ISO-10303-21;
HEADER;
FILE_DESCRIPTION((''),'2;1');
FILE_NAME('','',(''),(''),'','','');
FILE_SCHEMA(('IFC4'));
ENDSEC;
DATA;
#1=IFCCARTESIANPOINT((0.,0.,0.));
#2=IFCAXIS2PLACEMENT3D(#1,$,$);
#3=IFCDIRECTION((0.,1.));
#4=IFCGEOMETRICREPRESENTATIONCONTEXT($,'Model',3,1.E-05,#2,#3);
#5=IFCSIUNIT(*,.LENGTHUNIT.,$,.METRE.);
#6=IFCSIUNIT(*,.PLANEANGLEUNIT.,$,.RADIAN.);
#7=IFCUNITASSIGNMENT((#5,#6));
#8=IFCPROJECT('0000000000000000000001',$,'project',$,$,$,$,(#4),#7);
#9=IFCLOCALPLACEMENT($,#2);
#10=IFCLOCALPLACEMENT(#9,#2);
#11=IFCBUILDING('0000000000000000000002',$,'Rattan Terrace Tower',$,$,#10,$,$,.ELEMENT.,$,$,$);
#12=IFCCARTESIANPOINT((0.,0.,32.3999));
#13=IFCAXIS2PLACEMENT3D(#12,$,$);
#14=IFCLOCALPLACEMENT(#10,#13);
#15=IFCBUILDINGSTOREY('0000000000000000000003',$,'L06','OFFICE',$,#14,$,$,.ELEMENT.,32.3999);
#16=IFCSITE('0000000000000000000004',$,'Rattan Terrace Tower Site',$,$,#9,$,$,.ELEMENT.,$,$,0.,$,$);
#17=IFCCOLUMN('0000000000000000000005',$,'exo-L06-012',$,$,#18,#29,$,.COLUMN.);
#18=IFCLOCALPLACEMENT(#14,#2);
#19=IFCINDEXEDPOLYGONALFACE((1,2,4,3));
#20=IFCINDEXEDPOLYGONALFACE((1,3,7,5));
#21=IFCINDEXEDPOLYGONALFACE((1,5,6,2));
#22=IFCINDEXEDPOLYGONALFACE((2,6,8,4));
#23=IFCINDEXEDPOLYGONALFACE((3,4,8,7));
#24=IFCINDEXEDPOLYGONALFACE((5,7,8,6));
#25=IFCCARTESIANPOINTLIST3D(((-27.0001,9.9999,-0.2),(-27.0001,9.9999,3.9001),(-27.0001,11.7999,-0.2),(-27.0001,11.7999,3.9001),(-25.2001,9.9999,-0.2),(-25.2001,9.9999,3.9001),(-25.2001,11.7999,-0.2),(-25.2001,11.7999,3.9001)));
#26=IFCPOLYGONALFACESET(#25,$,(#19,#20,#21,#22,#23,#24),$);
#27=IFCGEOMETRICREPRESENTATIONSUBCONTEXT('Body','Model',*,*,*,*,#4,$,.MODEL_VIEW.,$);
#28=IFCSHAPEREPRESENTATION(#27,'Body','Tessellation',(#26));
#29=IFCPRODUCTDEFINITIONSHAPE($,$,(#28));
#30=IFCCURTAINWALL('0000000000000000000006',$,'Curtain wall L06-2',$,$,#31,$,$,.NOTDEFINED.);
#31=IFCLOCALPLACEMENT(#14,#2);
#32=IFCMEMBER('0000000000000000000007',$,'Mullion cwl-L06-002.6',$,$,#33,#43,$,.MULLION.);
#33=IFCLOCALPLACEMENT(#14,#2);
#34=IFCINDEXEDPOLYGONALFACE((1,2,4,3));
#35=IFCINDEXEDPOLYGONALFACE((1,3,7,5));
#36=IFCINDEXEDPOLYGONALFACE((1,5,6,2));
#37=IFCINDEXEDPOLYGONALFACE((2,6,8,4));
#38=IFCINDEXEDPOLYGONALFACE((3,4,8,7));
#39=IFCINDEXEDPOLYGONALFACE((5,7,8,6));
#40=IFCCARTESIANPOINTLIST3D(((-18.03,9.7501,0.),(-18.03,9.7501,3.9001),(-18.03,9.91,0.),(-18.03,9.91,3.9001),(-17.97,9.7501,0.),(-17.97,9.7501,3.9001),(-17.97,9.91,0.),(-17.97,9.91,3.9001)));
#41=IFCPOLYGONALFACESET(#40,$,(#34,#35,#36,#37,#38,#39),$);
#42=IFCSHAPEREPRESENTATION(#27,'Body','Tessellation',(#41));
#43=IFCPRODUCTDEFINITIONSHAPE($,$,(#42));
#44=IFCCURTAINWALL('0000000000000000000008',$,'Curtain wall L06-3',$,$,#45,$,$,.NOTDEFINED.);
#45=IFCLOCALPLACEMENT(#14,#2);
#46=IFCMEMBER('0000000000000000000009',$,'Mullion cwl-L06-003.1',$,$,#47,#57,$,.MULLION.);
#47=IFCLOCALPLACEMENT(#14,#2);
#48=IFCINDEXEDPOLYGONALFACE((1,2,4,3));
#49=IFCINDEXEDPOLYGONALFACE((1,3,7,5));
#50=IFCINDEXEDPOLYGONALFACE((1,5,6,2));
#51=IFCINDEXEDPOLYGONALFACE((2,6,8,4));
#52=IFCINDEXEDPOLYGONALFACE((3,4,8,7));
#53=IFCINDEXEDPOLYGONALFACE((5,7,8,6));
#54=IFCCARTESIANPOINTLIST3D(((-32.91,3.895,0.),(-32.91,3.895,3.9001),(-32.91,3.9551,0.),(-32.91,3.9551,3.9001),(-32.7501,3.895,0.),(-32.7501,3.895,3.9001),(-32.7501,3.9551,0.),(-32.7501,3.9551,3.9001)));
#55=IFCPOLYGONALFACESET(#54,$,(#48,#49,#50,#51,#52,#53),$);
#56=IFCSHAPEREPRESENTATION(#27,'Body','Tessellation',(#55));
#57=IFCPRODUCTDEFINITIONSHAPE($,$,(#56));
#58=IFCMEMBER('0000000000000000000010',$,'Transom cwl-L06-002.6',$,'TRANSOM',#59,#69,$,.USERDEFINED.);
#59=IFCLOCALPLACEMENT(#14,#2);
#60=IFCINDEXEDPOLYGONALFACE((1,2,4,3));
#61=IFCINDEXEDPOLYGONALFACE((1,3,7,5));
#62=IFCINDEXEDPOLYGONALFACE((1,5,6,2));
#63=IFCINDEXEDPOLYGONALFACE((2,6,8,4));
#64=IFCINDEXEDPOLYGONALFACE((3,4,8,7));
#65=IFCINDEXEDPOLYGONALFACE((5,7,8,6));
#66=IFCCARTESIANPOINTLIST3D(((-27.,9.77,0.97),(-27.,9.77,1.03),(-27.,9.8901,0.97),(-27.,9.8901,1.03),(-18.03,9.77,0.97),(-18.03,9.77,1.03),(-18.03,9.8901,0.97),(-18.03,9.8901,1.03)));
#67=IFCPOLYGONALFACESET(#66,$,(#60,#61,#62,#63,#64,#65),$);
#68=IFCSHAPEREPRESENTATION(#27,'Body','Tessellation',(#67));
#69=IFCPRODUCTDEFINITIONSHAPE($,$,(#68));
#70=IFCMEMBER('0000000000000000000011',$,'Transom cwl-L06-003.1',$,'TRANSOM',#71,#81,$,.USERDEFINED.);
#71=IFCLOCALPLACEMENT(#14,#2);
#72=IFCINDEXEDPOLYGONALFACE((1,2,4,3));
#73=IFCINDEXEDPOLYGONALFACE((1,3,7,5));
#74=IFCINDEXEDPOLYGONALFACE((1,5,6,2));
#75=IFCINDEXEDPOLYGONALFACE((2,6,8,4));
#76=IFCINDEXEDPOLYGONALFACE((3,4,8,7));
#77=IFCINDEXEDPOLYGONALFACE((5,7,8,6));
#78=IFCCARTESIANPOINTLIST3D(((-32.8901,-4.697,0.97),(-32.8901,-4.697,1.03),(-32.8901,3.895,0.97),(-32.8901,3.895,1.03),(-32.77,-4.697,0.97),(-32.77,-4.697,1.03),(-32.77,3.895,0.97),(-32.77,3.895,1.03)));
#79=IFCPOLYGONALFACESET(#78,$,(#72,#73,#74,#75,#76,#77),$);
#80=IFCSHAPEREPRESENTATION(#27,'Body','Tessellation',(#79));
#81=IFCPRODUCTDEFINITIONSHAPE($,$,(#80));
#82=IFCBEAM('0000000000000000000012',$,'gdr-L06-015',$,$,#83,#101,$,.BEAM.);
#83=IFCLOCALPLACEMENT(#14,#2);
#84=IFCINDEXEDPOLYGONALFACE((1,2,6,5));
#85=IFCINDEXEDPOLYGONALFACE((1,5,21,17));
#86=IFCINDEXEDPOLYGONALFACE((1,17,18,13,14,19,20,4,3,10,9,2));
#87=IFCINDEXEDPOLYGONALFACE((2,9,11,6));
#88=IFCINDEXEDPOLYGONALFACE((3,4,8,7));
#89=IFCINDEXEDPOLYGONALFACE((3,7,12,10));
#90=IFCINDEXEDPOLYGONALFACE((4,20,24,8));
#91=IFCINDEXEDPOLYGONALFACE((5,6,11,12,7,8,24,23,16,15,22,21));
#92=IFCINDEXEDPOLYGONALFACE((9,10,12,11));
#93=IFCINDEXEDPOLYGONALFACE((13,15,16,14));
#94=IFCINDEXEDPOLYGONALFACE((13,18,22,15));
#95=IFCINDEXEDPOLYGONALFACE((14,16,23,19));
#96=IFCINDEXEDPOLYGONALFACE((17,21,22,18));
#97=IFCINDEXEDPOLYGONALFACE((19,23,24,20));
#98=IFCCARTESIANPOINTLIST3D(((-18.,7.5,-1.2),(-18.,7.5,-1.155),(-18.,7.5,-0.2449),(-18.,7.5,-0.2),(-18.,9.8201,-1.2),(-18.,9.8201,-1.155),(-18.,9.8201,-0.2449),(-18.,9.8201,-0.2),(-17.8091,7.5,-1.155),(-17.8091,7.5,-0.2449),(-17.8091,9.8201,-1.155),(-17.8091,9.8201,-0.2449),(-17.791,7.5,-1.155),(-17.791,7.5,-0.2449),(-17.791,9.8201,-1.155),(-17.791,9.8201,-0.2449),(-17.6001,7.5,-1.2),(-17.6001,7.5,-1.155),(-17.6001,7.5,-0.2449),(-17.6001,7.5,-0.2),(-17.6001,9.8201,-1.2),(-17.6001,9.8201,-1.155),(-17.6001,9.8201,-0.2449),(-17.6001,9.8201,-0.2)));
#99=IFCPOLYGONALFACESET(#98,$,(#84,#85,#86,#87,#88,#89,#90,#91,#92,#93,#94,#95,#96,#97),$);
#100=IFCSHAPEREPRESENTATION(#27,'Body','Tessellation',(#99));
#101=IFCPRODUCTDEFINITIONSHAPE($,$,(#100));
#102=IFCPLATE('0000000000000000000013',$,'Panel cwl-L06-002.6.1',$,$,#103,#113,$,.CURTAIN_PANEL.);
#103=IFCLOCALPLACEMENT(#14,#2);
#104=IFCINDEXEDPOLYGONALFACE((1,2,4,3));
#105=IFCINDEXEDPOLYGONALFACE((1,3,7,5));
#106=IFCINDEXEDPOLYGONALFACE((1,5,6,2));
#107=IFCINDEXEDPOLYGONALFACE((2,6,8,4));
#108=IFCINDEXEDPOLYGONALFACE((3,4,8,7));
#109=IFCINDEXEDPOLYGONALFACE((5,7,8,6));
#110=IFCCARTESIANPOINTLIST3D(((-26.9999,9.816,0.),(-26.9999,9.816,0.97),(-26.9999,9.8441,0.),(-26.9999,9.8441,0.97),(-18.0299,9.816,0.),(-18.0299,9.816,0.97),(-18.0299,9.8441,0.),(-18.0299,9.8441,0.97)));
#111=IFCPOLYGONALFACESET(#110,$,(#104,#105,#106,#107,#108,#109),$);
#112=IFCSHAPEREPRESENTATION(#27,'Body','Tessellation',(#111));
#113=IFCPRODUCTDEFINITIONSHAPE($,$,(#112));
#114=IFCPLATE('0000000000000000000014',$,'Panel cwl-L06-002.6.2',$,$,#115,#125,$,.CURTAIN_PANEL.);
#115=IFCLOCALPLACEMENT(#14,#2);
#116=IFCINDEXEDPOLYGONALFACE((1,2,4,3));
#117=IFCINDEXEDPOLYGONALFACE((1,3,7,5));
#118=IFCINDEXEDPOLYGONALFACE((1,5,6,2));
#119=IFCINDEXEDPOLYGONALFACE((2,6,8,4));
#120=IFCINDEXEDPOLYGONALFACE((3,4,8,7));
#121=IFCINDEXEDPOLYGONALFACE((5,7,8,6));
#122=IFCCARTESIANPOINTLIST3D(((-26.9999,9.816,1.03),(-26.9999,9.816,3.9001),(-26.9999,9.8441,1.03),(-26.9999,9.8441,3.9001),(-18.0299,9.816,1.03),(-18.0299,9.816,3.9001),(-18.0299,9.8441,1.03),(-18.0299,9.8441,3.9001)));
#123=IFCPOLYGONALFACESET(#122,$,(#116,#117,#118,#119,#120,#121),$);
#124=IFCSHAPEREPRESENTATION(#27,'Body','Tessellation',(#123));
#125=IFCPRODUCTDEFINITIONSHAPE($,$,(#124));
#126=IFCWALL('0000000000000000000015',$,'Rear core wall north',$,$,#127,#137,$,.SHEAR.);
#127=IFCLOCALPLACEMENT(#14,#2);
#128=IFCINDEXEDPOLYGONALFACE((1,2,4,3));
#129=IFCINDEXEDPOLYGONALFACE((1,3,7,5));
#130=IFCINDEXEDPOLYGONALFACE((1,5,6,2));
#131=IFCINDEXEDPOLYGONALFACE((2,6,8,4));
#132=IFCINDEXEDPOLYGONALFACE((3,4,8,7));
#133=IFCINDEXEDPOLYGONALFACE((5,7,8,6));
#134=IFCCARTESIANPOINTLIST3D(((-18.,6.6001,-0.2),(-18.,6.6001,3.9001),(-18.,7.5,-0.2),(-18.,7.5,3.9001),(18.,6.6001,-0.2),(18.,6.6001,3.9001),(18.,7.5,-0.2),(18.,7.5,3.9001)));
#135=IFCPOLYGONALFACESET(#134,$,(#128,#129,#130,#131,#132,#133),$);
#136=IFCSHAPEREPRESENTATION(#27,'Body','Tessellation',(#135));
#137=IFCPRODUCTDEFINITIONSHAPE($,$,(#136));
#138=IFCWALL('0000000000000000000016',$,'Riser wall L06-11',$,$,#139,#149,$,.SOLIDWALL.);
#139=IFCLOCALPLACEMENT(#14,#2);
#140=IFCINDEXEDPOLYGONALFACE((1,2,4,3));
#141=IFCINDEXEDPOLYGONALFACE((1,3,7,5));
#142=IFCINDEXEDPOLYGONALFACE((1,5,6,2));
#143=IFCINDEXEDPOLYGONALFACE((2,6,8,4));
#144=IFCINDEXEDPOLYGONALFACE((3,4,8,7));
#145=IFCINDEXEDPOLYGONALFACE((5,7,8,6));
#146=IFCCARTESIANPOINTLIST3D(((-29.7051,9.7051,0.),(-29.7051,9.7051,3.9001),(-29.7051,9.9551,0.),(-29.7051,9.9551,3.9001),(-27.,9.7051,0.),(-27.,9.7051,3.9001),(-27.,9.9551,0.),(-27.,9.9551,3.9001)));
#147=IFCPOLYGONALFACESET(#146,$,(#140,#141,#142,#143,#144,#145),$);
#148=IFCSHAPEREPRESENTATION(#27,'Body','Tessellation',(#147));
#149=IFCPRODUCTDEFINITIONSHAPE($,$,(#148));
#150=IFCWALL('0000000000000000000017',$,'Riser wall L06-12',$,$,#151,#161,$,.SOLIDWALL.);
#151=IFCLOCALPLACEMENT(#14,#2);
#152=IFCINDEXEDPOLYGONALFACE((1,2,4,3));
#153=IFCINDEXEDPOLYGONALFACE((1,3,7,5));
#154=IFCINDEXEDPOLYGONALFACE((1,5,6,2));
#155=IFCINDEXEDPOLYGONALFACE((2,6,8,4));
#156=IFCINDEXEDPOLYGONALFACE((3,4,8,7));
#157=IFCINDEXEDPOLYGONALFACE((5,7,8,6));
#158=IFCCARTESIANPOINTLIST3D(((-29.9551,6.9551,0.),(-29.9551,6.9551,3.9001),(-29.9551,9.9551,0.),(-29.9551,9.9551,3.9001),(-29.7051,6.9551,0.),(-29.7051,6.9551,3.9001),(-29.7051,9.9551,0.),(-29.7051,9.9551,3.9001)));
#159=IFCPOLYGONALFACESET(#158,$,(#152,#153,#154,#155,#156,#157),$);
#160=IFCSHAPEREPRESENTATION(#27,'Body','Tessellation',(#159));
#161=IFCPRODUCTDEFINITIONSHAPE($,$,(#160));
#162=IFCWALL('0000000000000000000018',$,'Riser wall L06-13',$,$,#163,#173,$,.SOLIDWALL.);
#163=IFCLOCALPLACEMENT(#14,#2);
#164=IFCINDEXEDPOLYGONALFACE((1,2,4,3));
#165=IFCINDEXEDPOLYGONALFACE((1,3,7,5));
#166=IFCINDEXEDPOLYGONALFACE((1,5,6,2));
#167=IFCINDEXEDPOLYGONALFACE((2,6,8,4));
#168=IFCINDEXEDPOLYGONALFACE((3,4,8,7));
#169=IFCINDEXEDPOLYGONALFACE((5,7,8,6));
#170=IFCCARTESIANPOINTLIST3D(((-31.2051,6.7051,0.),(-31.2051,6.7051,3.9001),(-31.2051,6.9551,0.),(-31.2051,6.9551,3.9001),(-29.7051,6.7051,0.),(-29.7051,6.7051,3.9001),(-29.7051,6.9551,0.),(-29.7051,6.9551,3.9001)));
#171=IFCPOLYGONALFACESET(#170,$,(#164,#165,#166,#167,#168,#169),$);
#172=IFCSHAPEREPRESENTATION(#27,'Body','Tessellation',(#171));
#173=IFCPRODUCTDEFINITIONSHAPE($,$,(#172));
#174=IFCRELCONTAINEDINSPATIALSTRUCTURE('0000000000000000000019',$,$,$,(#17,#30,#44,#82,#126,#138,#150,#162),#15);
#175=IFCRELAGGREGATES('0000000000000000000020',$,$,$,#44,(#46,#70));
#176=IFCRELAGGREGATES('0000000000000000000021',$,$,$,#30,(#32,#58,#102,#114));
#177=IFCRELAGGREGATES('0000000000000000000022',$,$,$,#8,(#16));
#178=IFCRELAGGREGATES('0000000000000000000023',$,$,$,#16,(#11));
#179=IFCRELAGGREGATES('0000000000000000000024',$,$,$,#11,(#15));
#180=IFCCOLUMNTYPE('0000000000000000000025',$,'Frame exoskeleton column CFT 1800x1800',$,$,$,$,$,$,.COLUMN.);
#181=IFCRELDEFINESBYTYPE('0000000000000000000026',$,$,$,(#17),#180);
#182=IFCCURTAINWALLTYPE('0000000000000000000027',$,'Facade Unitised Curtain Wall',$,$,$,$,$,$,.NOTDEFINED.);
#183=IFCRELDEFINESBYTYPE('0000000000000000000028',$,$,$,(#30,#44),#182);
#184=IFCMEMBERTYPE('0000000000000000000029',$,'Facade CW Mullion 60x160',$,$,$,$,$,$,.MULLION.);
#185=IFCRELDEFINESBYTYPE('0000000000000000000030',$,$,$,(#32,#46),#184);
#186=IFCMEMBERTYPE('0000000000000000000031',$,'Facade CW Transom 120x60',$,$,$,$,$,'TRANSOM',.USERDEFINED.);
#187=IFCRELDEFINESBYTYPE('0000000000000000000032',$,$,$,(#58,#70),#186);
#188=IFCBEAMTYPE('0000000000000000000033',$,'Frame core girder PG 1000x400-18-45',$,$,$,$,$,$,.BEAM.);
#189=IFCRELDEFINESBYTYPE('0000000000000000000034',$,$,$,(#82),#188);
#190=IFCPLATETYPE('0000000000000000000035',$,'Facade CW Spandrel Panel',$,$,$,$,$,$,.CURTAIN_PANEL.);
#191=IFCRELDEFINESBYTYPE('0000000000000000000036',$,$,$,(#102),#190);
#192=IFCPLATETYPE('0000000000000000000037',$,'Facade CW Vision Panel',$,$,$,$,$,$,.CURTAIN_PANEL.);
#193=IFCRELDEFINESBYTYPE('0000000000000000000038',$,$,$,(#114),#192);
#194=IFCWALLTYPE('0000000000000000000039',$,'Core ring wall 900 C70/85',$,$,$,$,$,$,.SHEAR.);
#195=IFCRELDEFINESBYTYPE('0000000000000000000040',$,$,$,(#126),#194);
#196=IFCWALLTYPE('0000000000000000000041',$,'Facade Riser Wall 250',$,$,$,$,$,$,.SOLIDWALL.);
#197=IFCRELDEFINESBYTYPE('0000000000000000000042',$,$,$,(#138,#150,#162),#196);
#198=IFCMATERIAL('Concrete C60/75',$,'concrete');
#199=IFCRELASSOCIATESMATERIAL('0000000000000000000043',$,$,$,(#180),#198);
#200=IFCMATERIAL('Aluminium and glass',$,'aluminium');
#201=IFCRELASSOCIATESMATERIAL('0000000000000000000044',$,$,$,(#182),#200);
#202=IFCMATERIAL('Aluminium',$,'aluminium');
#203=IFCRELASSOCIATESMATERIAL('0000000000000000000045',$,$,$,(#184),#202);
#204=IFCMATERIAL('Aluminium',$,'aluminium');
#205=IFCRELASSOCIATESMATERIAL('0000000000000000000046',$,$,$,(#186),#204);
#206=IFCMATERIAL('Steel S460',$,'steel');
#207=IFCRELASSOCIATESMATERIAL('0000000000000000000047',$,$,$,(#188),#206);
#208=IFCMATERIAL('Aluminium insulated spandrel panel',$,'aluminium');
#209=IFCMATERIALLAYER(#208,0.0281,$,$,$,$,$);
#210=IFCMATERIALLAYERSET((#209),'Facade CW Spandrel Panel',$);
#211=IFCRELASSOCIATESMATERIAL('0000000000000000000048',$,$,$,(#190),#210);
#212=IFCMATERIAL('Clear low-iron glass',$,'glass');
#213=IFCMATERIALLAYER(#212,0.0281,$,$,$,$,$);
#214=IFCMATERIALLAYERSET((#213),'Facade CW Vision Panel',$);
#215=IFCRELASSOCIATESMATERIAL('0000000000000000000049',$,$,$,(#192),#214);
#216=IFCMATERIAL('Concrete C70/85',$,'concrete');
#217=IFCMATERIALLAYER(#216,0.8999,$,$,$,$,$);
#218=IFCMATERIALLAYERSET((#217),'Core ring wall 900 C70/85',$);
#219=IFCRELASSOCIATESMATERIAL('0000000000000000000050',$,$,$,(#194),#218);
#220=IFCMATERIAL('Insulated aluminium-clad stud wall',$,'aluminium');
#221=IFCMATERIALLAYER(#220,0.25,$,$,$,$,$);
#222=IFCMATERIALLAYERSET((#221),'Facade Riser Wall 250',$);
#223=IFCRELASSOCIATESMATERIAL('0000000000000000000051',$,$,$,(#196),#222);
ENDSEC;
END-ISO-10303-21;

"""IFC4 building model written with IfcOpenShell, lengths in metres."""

from ifc_helpers import new_model, si_unit, direction, frame, frame_2d, origin, origin_2d, place, context, subcontext, project, spatial, rectangle, i_section, extrude, material, layer, layer_set, material_profile, profile_set, type_object, element, aggregate, save


model = new_model("IFC4")

# Units and contexts
model_context = context("Model", 3, precision=1e-05, world=origin(), true_north=direction((0.0, 1.0)))
body_context = subcontext(model_context, "Body", "Model", "MODEL_VIEW")
ifc_project = project(units=[si_unit("LENGTHUNIT", "METRE"), si_unit("PLANEANGLEUNIT", "RADIAN")], contexts=[model_context])

# Site, building, storey
site_placement = place(None, origin())
site = spatial("IfcSite", under=ifc_project, at=site_placement, Name="Rattan Terrace Tower Site", CompositionType="ELEMENT", RefElevation=0.0)
building_placement = place(site_placement, origin())
building = spatial("IfcBuilding", under=site, at=building_placement, Name="Rattan Terrace Tower", CompositionType="ELEMENT")
storey_placement = place(building_placement, frame((0.0, 0.0, 32.3999)))
storey = spatial("IfcBuildingStorey", under=building, at=storey_placement, Name="L06", Description="OFFICE", CompositionType="ELEMENT", Elevation=32.3999)

# Column
ifc_material_1 = material(Name="Concrete C60/75", Category="concrete")
ifc_material_profile_1 = material_profile(ifc_material_1, rectangle(XDim=1.8, YDim=1.8, at=origin_2d()), Name="CFT 1800x1800")
ifc_profile_set_1 = profile_set([ifc_material_profile_1], Name="Concrete C60/75")
column_type = type_object("IfcColumnType", Name="Frame exoskeleton column CFT 1800x1800", PredefinedType="COLUMN", material=ifc_profile_set_1)
column_placement = place(storey_placement, frame((-26.1001, 10.8999, -0.2), z_axis=(0.0, 0.0, 1.0), x_axis=(1.0, 0.0, 0.0)))
element("IfcColumn", 1, at=column_placement, inside=storey, type_object=column_type, Name="exo-L06-012", PredefinedType="COLUMN", context=body_context, shape_type="SweptSolid", body=[
    extrude(rectangle(XDim=1.8, YDim=1.8, at=origin_2d()), origin(), (0.0, 0.0, 1.0), 4.1001),
])

# Curtain walls, members
ifc_material_2 = material(Name="Aluminium and glass", Category="aluminium")
curtain_wall_type = type_object("IfcCurtainWallType", Name="Facade Unitised Curtain Wall", PredefinedType="NOTDEFINED", material=ifc_material_2)
curtain_wall_1_placement = place(storey_placement, origin())
curtain_wall_1 = element("IfcCurtainWall", 2, at=curtain_wall_1_placement, inside=storey, type_object=curtain_wall_type, Name="Curtain wall L06-2", PredefinedType="NOTDEFINED")
ifc_material_3 = material(Name="Aluminium", Category="aluminium")
ifc_material_profile_2 = material_profile(ifc_material_3, rectangle(XDim=0.0601, YDim=0.1599, at=origin_2d()), Name="Aluminium 60x160")
ifc_profile_set_2 = profile_set([ifc_material_profile_2], Name="Aluminium")
member_type_1 = type_object("IfcMemberType", Name="Facade CW Mullion 60x160", PredefinedType="MULLION", material=ifc_profile_set_2)
member_1_placement = place(storey_placement, frame((-18.0, 9.8301, 0.0), z_axis=(0.0, 0.0, 1.0), x_axis=(-1.0, 0.0, 0.0)))
member_1 = element("IfcMember", 3, at=member_1_placement, type_object=member_type_1, Name="Mullion cwl-L06-002.6", PredefinedType="MULLION", context=body_context, shape_type="SweptSolid", body=[
    extrude(rectangle(XDim=0.0601, YDim=0.1599, at=origin_2d()), origin(), (0.0, 0.0, 1.0), 3.9001),
])
curtain_wall_2_placement = place(storey_placement, origin())
curtain_wall_2 = element("IfcCurtainWall", 4, at=curtain_wall_2_placement, inside=storey, type_object=curtain_wall_type, Name="Curtain wall L06-3", PredefinedType="NOTDEFINED")
member_2_placement = place(storey_placement, frame((-32.8301, 3.925, 0.0), z_axis=(0.0, 0.0, 1.0), x_axis=(0.0, -1.0, 0.0)))
member_2 = element("IfcMember", 5, at=member_2_placement, type_object=member_type_1, Name="Mullion cwl-L06-003.1", PredefinedType="MULLION", context=body_context, shape_type="SweptSolid", body=[
    extrude(rectangle(XDim=0.0601, YDim=0.1599, at=origin_2d()), origin(), (0.0, 0.0, 1.0), 3.9001),
])

# Members
ifc_material_4 = material(Name="Aluminium", Category="aluminium")
ifc_material_profile_3 = material_profile(ifc_material_4, rectangle(XDim=0.1201, YDim=0.0601, at=origin_2d()), Name="Aluminium 120x60")
ifc_profile_set_3 = profile_set([ifc_material_profile_3], Name="Aluminium")
member_type_2 = type_object("IfcMemberType", Name="Facade CW Transom 120x60", ElementType="TRANSOM", PredefinedType="USERDEFINED", material=ifc_profile_set_3)
member_3_placement = place(storey_placement, frame((-18.03, 9.8301, 1.0), z_axis=(-1.0, 0.0, 0.0), x_axis=(0.0, -1.0, 0.0)))
member_3 = element("IfcMember", 6, at=member_3_placement, type_object=member_type_2, Name="Transom cwl-L06-002.6", ObjectType="TRANSOM", PredefinedType="USERDEFINED", context=body_context, shape_type="SweptSolid", body=[
    extrude(rectangle(XDim=0.1201, YDim=0.0601, at=origin_2d()), origin(), (0.0, 0.0, 1.0), 8.97),
])
member_4_placement = place(storey_placement, frame((-32.8301, 3.895, 1.0), z_axis=(0.0, -1.0, 0.0), x_axis=(1.0, 0.0, 0.0)))
member_4 = element("IfcMember", 7, at=member_4_placement, type_object=member_type_2, Name="Transom cwl-L06-003.1", ObjectType="TRANSOM", PredefinedType="USERDEFINED", context=body_context, shape_type="SweptSolid", body=[
    extrude(rectangle(XDim=0.1201, YDim=0.0601, at=origin_2d()), origin(), (0.0, 0.0, 1.0), 8.592),
])
aggregate(curtain_wall_2, [member_2, member_4])

# Beam
ifc_material_5 = material(Name="Steel S460", Category="steel")
ifc_material_profile_4 = material_profile(ifc_material_5, i_section(OverallWidth=0.3999, OverallDepth=1.0, WebThickness=0.0181, FlangeThickness=0.0449, at=origin_2d()), Name="PG 1000x400-18-45")
ifc_profile_set_4 = profile_set([ifc_material_profile_4], Name="Steel S460")
beam_type = type_object("IfcBeamType", Name="Frame core girder PG 1000x400-18-45", PredefinedType="BEAM", material=ifc_profile_set_4)
beam_placement = place(storey_placement, frame((-17.8, 7.5, -0.7), z_axis=(0.0, 1.0, 0.0), x_axis=(-1.0, 0.0, 0.0)))
element("IfcBeam", 8, at=beam_placement, inside=storey, type_object=beam_type, Name="gdr-L06-015", PredefinedType="BEAM", context=body_context, shape_type="SweptSolid", body=[
    extrude(i_section(OverallWidth=0.3999, OverallDepth=1.0, WebThickness=0.0181, FlangeThickness=0.0449, at=origin_2d()), origin(), (0.0, 0.0, 1.0), 2.3201),
])

# Plates
ifc_material_6 = material(Name="Aluminium insulated spandrel panel", Category="aluminium")
ifc_layer_1 = layer(ifc_material_6, 0.0281)
ifc_layer_set_1 = layer_set([ifc_layer_1], Name="Facade CW Spandrel Panel")
plate_type_1 = type_object("IfcPlateType", Name="Facade CW Spandrel Panel", PredefinedType="CURTAIN_PANEL", material=ifc_layer_set_1)
plate_1_placement = place(storey_placement, frame((-22.5149, 9.8301, 0.0), z_axis=(0.0, 0.0, 1.0), x_axis=(-1.0, 0.0, 0.0)))
plate_1 = element("IfcPlate", 9, at=plate_1_placement, type_object=plate_type_1, Name="Panel cwl-L06-002.6.1", PredefinedType="CURTAIN_PANEL", context=body_context, shape_type="SweptSolid", body=[
    extrude(rectangle(XDim=8.97, YDim=0.0281, at=origin_2d()), origin(), (0.0, 0.0, 1.0), 0.97),
])
ifc_material_7 = material(Name="Clear low-iron glass", Category="glass")
ifc_layer_2 = layer(ifc_material_7, 0.0281)
ifc_layer_set_2 = layer_set([ifc_layer_2], Name="Facade CW Vision Panel")
plate_type_2 = type_object("IfcPlateType", Name="Facade CW Vision Panel", PredefinedType="CURTAIN_PANEL", material=ifc_layer_set_2)
plate_2_placement = place(storey_placement, frame((-22.5149, 9.8301, 1.03), z_axis=(0.0, 0.0, 1.0), x_axis=(-1.0, 0.0, 0.0)))
plate_2 = element("IfcPlate", 10, at=plate_2_placement, type_object=plate_type_2, Name="Panel cwl-L06-002.6.2", PredefinedType="CURTAIN_PANEL", context=body_context, shape_type="SweptSolid", body=[
    extrude(rectangle(XDim=8.97, YDim=0.0281, at=origin_2d()), origin(), (0.0, 0.0, 1.0), 2.8701),
])
aggregate(curtain_wall_1, [member_1, member_3, plate_1, plate_2])

# Walls
ifc_material_8 = material(Name="Concrete C70/85", Category="concrete")
ifc_layer_3 = layer(ifc_material_8, 0.8999)
ifc_layer_set_3 = layer_set([ifc_layer_3], Name="Core ring wall 900 C70/85")
wall_type_1 = type_object("IfcWallType", Name="Core ring wall 900 C70/85", PredefinedType="SHEAR", material=ifc_layer_set_3)
wall_1_placement = place(storey_placement, frame((-18.0, 7.05, -0.2), z_axis=(0.0, 0.0, 1.0), x_axis=(1.0, 0.0, 0.0)))
element("IfcWall", 11, at=wall_1_placement, inside=storey, type_object=wall_type_1, Name="Rear core wall north", PredefinedType="SHEAR", context=body_context, shape_type="SweptSolid", body=[
    extrude(rectangle(XDim=36.0, YDim=0.8999, at=frame_2d((18.0, 0.0))), origin(), (0.0, 0.0, 1.0), 4.1001),
])
ifc_material_9 = material(Name="Insulated aluminium-clad stud wall", Category="aluminium")
ifc_layer_4 = layer(ifc_material_9, 0.25)
ifc_layer_set_4 = layer_set([ifc_layer_4], Name="Facade Riser Wall 250")
wall_type_2 = type_object("IfcWallType", Name="Facade Riser Wall 250", PredefinedType="SOLIDWALL", material=ifc_layer_set_4)
wall_2_placement = place(storey_placement, frame((-27.0, 9.8301, 0.0), z_axis=(0.0, 0.0, 1.0), x_axis=(-1.0, 0.0, 0.0)))
element("IfcWall", 12, at=wall_2_placement, inside=storey, type_object=wall_type_2, Name="Riser wall L06-11", PredefinedType="SOLIDWALL", context=body_context, shape_type="SweptSolid", body=[
    extrude(rectangle(XDim=2.7051, YDim=0.25, at=frame_2d((1.3525, 0.0))), origin(), (0.0, 0.0, 1.0), 3.9001),
])
wall_3_placement = place(storey_placement, frame((-29.8301, 9.9551, 0.0), z_axis=(0.0, 0.0, 1.0), x_axis=(0.0, -1.0, 0.0)))
element("IfcWall", 13, at=wall_3_placement, inside=storey, type_object=wall_type_2, Name="Riser wall L06-12", PredefinedType="SOLIDWALL", context=body_context, shape_type="SweptSolid", body=[
    extrude(rectangle(XDim=3.0, YDim=0.25, at=frame_2d((1.5, 0.0))), origin(), (0.0, 0.0, 1.0), 3.9001),
])
wall_4_placement = place(storey_placement, frame((-29.7051, 6.8301, 0.0), z_axis=(0.0, 0.0, 1.0), x_axis=(-1.0, 0.0, 0.0)))
element("IfcWall", 14, at=wall_4_placement, inside=storey, type_object=wall_type_2, Name="Riser wall L06-13", PredefinedType="SOLIDWALL", context=body_context, shape_type="SweptSolid", body=[
    extrude(rectangle(XDim=1.5, YDim=0.25, at=frame_2d((0.75, 0.0))), origin(), (0.0, 0.0, 1.0), 3.9001),
])

save(model, "model.ifc")
